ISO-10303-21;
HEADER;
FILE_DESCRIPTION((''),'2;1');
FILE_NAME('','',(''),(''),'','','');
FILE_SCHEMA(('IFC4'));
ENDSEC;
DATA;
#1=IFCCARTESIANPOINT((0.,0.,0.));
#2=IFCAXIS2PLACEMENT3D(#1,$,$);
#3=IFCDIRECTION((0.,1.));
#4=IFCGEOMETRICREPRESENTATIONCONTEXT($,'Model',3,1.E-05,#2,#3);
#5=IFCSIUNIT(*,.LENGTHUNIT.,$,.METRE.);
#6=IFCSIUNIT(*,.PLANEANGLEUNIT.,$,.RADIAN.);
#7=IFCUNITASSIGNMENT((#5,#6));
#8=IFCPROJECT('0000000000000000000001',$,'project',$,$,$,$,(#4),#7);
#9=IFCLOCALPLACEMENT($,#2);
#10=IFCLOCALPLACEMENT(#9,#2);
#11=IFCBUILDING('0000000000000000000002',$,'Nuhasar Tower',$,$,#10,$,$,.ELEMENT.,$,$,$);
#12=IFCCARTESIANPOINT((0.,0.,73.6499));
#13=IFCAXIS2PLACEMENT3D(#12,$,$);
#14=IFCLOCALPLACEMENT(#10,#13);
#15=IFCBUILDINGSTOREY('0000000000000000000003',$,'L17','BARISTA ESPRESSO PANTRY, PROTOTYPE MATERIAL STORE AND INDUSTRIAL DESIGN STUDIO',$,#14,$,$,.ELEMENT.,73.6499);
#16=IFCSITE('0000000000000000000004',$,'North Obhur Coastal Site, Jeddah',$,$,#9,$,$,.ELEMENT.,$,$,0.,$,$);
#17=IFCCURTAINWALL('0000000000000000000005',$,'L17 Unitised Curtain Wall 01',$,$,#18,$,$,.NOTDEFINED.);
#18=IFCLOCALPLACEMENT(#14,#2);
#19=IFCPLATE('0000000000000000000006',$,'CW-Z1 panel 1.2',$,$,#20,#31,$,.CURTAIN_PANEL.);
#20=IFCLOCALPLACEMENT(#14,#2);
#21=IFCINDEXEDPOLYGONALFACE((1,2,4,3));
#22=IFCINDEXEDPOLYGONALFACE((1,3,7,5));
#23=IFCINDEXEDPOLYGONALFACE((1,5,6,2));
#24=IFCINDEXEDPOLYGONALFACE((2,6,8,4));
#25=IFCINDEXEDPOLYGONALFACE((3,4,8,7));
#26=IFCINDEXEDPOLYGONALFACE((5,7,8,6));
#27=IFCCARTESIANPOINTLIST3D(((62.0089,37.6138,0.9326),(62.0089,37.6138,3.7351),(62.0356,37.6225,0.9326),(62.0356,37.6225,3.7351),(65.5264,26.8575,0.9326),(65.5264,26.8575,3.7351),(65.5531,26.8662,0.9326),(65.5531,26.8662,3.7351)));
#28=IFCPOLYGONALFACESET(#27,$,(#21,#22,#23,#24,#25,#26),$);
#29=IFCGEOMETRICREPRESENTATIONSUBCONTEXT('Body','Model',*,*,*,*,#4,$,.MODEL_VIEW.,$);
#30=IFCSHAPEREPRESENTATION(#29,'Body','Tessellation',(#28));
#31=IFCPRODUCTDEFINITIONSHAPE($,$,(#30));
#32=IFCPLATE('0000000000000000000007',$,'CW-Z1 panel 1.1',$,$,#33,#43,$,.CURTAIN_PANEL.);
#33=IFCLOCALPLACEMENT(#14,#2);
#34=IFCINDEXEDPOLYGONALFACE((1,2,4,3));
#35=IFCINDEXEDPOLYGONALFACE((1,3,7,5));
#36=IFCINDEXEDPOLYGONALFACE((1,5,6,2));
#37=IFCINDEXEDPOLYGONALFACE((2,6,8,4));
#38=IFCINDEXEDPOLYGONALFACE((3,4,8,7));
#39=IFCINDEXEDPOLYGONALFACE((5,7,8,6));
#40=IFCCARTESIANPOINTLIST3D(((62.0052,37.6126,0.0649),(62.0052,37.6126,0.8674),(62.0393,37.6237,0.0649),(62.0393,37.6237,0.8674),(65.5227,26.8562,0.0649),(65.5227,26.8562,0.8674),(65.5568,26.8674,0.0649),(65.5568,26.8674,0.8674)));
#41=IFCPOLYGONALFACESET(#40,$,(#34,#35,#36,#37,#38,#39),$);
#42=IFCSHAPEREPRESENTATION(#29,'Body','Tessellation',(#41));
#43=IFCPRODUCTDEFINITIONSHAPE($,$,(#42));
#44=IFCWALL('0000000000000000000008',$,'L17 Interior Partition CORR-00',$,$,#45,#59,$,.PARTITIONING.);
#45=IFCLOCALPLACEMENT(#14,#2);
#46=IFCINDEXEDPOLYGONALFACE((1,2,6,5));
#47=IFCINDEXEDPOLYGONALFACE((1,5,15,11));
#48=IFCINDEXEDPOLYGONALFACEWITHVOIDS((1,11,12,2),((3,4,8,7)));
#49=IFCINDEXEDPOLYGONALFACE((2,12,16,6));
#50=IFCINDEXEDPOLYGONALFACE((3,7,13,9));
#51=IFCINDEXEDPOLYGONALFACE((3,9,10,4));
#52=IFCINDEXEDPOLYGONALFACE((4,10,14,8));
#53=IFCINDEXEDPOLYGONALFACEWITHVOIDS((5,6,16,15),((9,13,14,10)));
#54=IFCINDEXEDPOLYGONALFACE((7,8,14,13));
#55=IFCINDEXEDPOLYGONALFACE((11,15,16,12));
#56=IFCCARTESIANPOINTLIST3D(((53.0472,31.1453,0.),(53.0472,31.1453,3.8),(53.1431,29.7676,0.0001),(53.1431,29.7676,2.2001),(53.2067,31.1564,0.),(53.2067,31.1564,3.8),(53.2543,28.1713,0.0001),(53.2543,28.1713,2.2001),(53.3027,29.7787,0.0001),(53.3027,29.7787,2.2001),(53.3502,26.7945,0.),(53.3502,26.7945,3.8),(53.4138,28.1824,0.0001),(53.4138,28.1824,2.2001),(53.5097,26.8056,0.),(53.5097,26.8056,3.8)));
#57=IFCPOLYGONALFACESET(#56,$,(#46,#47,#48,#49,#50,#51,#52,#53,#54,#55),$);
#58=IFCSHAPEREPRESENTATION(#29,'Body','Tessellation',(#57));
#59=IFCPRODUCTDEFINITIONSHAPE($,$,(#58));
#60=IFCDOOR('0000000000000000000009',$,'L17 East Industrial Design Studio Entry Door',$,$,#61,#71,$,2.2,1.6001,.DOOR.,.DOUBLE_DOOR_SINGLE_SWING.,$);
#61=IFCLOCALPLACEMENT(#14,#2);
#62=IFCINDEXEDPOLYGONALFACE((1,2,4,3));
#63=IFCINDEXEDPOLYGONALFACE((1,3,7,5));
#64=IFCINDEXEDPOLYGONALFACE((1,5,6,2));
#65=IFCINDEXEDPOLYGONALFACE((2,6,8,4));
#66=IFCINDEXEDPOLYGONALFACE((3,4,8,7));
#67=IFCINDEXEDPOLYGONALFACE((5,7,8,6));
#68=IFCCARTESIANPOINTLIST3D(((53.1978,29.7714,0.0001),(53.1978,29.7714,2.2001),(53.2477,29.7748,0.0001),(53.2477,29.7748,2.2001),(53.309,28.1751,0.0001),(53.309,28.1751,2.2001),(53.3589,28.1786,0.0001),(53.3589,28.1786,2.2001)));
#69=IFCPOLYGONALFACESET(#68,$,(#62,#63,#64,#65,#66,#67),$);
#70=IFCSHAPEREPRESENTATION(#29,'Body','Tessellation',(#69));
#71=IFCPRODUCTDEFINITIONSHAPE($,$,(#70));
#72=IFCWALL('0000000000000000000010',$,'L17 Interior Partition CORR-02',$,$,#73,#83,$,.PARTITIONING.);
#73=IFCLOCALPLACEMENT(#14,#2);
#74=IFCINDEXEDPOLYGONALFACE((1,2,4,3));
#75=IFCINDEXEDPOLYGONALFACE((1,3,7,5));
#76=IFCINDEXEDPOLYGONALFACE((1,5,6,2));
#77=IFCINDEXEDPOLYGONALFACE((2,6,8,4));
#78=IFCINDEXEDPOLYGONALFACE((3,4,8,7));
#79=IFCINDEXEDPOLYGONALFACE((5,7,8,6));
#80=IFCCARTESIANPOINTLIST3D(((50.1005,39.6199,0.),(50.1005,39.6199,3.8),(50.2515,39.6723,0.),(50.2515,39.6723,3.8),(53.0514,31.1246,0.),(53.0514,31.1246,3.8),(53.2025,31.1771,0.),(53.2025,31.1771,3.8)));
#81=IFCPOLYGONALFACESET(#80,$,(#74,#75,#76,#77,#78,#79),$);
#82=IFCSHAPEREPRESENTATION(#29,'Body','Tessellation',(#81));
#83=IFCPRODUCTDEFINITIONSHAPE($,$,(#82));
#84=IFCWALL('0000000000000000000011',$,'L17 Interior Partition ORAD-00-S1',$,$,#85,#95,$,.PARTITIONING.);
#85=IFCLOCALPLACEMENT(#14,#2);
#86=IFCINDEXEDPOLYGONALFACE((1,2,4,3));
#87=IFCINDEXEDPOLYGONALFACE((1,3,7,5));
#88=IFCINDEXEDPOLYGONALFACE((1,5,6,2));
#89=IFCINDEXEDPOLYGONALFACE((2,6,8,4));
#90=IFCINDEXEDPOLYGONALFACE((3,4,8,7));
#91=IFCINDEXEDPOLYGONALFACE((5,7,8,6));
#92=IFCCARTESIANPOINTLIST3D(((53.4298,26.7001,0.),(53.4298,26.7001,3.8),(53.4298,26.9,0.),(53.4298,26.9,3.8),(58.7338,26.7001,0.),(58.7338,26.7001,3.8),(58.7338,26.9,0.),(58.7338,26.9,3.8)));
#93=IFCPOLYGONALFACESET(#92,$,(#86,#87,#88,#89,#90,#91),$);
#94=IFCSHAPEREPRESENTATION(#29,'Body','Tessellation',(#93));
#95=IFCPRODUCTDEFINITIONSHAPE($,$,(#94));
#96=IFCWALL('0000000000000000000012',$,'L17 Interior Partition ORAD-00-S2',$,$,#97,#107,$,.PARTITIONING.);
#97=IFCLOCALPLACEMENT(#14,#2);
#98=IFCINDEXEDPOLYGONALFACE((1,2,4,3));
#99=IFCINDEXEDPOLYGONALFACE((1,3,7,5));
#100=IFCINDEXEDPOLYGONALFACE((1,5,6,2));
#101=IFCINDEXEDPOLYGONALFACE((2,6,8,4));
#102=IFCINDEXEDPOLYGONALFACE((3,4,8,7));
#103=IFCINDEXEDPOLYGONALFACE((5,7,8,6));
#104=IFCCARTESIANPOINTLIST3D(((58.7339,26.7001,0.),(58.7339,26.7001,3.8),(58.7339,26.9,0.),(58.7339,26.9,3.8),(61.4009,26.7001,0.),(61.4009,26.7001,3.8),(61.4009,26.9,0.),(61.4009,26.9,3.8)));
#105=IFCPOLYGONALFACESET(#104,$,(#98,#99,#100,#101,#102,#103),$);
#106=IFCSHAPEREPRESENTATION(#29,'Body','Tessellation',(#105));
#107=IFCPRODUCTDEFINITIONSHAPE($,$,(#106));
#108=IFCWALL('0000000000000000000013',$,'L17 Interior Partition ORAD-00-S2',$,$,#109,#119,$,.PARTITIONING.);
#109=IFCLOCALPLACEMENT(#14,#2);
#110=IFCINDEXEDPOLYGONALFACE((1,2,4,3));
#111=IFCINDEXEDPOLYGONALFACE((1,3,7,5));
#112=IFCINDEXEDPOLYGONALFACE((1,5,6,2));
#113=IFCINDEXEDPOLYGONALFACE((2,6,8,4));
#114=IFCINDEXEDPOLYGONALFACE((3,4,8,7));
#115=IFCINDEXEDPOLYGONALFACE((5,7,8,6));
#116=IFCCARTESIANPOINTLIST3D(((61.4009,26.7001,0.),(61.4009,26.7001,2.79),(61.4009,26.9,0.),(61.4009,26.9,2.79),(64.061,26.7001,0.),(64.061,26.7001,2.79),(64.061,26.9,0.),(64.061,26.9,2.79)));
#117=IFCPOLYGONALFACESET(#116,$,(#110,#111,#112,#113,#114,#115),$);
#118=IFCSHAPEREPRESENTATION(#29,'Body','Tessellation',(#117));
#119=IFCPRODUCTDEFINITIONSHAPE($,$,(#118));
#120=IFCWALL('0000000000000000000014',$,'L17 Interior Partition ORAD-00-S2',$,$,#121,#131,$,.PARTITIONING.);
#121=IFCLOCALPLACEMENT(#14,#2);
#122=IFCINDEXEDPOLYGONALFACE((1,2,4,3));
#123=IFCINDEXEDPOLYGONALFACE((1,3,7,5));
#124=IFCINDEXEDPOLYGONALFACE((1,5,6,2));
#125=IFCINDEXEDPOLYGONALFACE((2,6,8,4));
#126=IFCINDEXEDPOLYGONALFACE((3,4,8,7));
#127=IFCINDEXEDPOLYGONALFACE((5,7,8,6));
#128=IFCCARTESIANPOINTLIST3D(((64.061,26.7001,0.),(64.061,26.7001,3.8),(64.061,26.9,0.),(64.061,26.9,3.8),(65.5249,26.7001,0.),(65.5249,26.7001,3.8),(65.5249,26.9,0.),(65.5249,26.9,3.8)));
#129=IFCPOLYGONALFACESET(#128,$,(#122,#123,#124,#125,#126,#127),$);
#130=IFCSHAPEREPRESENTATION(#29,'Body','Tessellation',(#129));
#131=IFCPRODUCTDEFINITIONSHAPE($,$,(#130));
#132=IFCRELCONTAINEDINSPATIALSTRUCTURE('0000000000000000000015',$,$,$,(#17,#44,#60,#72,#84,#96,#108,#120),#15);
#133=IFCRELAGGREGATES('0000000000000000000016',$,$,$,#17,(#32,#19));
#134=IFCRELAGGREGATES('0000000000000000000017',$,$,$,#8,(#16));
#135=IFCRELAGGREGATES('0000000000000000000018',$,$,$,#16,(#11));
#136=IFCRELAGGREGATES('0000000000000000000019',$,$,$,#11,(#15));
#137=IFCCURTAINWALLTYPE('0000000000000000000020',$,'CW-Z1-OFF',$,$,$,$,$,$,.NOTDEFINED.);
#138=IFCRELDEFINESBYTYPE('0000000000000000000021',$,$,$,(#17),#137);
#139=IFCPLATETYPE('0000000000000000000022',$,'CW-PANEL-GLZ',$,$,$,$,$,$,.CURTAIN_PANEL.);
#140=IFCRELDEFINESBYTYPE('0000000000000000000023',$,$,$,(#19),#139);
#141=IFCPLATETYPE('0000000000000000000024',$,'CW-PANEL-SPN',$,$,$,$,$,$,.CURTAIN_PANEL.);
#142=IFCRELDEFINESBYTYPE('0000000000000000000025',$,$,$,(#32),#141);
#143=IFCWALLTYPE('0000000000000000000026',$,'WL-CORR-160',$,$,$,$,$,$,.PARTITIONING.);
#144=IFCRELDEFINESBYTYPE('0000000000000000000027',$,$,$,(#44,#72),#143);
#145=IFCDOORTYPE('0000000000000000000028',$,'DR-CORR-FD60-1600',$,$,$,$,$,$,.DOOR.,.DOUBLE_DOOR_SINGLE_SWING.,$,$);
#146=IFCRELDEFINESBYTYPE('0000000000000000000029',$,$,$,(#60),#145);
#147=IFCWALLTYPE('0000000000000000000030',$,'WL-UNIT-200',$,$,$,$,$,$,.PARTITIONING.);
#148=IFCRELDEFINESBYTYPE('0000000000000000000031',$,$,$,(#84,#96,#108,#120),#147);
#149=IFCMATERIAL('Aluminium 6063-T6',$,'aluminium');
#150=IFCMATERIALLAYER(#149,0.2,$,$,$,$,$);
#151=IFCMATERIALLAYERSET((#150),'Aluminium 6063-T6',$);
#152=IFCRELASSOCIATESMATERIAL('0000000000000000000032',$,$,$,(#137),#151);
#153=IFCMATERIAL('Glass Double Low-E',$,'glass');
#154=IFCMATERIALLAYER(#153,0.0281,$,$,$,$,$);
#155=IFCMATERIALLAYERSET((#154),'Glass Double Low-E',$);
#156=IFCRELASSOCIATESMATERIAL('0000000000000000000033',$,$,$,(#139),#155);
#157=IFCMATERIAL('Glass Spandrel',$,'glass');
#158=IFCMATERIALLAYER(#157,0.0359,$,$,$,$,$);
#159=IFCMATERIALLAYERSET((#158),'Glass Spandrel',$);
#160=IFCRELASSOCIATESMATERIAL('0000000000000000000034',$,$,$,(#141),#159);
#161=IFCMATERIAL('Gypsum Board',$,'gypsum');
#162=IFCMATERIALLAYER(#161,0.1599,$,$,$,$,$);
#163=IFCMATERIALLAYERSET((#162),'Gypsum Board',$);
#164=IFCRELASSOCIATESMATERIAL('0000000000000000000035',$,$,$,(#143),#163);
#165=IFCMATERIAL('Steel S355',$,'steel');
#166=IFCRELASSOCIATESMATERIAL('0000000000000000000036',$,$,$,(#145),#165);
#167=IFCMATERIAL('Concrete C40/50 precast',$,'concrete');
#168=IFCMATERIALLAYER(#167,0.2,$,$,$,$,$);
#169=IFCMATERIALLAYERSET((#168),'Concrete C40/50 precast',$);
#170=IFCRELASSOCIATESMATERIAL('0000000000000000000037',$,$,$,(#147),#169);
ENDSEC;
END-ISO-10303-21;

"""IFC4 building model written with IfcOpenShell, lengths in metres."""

from ifc_helpers import new_model, si_unit, direction, frame, frame_2d, origin, origin_2d, place, context, subcontext, project, spatial, rectangle, extrude, material, layer, layer_set, type_object, element, fill, aggregate, save


model = new_model("IFC4")

# Units and contexts
model_context = context("Model", 3, precision=1e-05, world=origin(), true_north=direction((0.0, 1.0)))
body_context = subcontext(model_context, "Body", "Model", "MODEL_VIEW")
ifc_project = project(units=[si_unit("LENGTHUNIT", "METRE"), si_unit("PLANEANGLEUNIT", "RADIAN")], contexts=[model_context])

# Site, building, storey
site_placement = place(None, origin())
site = spatial("IfcSite", under=ifc_project, at=site_placement, Name="North Obhur Coastal Site, Jeddah", CompositionType="ELEMENT", RefElevation=0.0)
building_placement = place(site_placement, origin())
building = spatial("IfcBuilding", under=site, at=building_placement, Name="Nuhasar Tower", CompositionType="ELEMENT")
storey_placement = place(building_placement, frame((0.0, 0.0, 73.6499)))
storey = spatial("IfcBuildingStorey", under=building, at=storey_placement, Name="L17", Description="BARISTA ESPRESSO PANTRY, PROTOTYPE MATERIAL STORE AND INDUSTRIAL DESIGN STUDIO", CompositionType="ELEMENT", Elevation=73.6499)

# Shared definitions
ifc_material_1 = material(Name="Steel S355", Category="steel")

# Curtain wall
ifc_material_2 = material(Name="Aluminium 6063-T6", Category="aluminium")
ifc_layer_1 = layer(ifc_material_2, 0.2)
ifc_layer_set_1 = layer_set([ifc_layer_1], Name="Aluminium 6063-T6")
curtain_wall_type = type_object("IfcCurtainWallType", Name="CW-Z1-OFF", PredefinedType="NOTDEFINED", material=ifc_layer_set_1)
curtain_wall_1_placement = place(storey_placement, origin())
curtain_wall_1 = element("IfcCurtainWall", 1, at=curtain_wall_1_placement, inside=storey, type_object=curtain_wall_type, Name="L17 Unitised Curtain Wall 01", PredefinedType="NOTDEFINED")

# Plates
ifc_material_3 = material(Name="Glass Double Low-E", Category="glass")
ifc_layer_2 = layer(ifc_material_3, 0.0281)
ifc_layer_set_2 = layer_set([ifc_layer_2], Name="Glass Double Low-E")
plate_type_1 = type_object("IfcPlateType", Name="CW-PANEL-GLZ", PredefinedType="CURTAIN_PANEL", material=ifc_layer_set_2)
plate_1_placement = place(storey_placement, frame((63.781, 32.24, 0.9326), z_axis=(0.0, 0.0, 1.0), x_axis=(-0.310824, 0.950468, 0.0)))
plate_1 = element("IfcPlate", 2, at=plate_1_placement, type_object=plate_type_1, Name="CW-Z1 panel 1.2", PredefinedType="CURTAIN_PANEL", context=body_context, shape_type="SweptSolid", body=[
    extrude(rectangle(XDim=11.3169, YDim=0.0281, at=origin_2d()), origin(), (0.0, 0.0, 1.0), 2.8025),
])
ifc_material_4 = material(Name="Glass Spandrel", Category="glass")
ifc_layer_3 = layer(ifc_material_4, 0.0359)
ifc_layer_set_3 = layer_set([ifc_layer_3], Name="Glass Spandrel")
plate_type_2 = type_object("IfcPlateType", Name="CW-PANEL-SPN", PredefinedType="CURTAIN_PANEL", material=ifc_layer_set_3)
plate_2_placement = place(storey_placement, frame((63.781, 32.24, 0.0649), z_axis=(0.0, 0.0, 1.0), x_axis=(-0.310824, 0.950468, 0.0)))
plate_2 = element("IfcPlate", 3, at=plate_2_placement, type_object=plate_type_2, Name="CW-Z1 panel 1.1", PredefinedType="CURTAIN_PANEL", context=body_context, shape_type="SweptSolid", body=[
    extrude(rectangle(XDim=11.3169, YDim=0.0359, at=origin_2d()), origin(), (0.0, 0.0, 1.0), 0.8025),
])
aggregate(curtain_wall_1, [plate_2, plate_1])

# Wall, opening, door
ifc_material_5 = material(Name="Gypsum Board", Category="gypsum")
ifc_layer_4 = layer(ifc_material_5, 0.1599)
ifc_layer_set_4 = layer_set([ifc_layer_4], Name="Gypsum Board")
wall_type_1 = type_object("IfcWallType", Name="WL-CORR-160", PredefinedType="PARTITIONING", material=ifc_layer_set_4)
wall_1_placement = place(storey_placement, frame((53.127, 31.1509, 0.0), z_axis=(0.0, 0.0, 1.0), x_axis=(0.069469, -0.997584, 0.0)))
wall_1 = element("IfcWall", 4, at=wall_1_placement, inside=storey, type_object=wall_type_1, Name="L17 Interior Partition CORR-00", PredefinedType="PARTITIONING", context=body_context, shape_type="SweptSolid", body=[
    extrude(rectangle(XDim=4.3613, YDim=0.1599, at=frame_2d((2.1807, 0.0))), origin(), (0.0, 0.0, 1.0), 3.8),
])
opening_placement = place(wall_1_placement, frame((1.3811, 0.0, 0.0)))
opening = element("IfcOpeningElement", 5, at=opening_placement, cuts=wall_1, PredefinedType="OPENING", context=body_context, shape_type="SweptSolid", body=[
    extrude(rectangle(XDim=1.6001, YDim=2.2, at=frame_2d((0.8, 1.1001))), frame((0.0, 0.0898, 0.0), z_axis=(0.0, -1.0, 0.0), x_axis=(1.0, 0.0, 0.0)), (0.0, 0.0, 1.0), 0.1799),
])
door_type = type_object("IfcDoorType", Name="DR-CORR-FD60-1600", OperationType="DOUBLE_DOOR_SINGLE_SWING", PredefinedType="DOOR", material=ifc_material_1)
door_placement = place(opening_placement, origin())
door = element("IfcDoor", 6, at=door_placement, inside=storey, type_object=door_type, Name="L17 East Industrial Design Studio Entry Door", OperationType="DOUBLE_DOOR_SINGLE_SWING", OverallHeight=2.2, OverallWidth=1.6001, PredefinedType="DOOR", context=body_context, shape_type="SweptSolid", body=[
    extrude(rectangle(XDim=1.6001, YDim=2.2, at=frame_2d((0.8, 1.1001))), frame((0.0, 0.0249, 0.0), z_axis=(0.0, -1.0, 0.0), x_axis=(1.0, 0.0, 0.0)), (0.0, 0.0, 1.0), 0.05),
])
fill(opening, door)

# Walls
wall_2_placement = place(storey_placement, frame((53.127, 31.1509, 0.0), z_axis=(0.0, 0.0, 1.0), x_axis=(-0.328134, 0.944631, 0.0)))
element("IfcWall", 7, at=wall_2_placement, inside=storey, type_object=wall_type_1, Name="L17 Interior Partition CORR-02", PredefinedType="PARTITIONING", context=body_context, shape_type="SweptSolid", body=[
    extrude(rectangle(XDim=8.9932, YDim=0.1599, at=frame_2d((4.4966, 0.0))), origin(), (0.0, 0.0, 1.0), 3.8),
])
ifc_material_6 = material(Name="Concrete C40/50 precast", Category="concrete")
ifc_layer_5 = layer(ifc_material_6, 0.2)
ifc_layer_set_5 = layer_set([ifc_layer_5], Name="Concrete C40/50 precast")
wall_type_2 = type_object("IfcWallType", Name="WL-UNIT-200", PredefinedType="PARTITIONING", material=ifc_layer_set_5)
wall_3_placement = place(storey_placement, frame((53.4299, 26.8, 0.0), z_axis=(0.0, 0.0, 1.0), x_axis=(1.0, 0.0, 0.0)))
element("IfcWall", 8, at=wall_3_placement, inside=storey, type_object=wall_type_2, Name="L17 Interior Partition ORAD-00-S1", PredefinedType="PARTITIONING", context=body_context, shape_type="SweptSolid", body=[
    extrude(rectangle(XDim=5.304, YDim=0.2, at=frame_2d((2.6519, 0.0))), origin(), (0.0, 0.0, 1.0), 3.8),
])
wall_4_placement = place(storey_placement, frame((58.7339, 26.8, 0.0), z_axis=(0.0, 0.0, 1.0), x_axis=(1.0, 0.0, 0.0)))
element("IfcWall", 9, at=wall_4_placement, inside=storey, type_object=wall_type_2, Name="L17 Interior Partition ORAD-00-S2", PredefinedType="PARTITIONING", context=body_context, shape_type="SweptSolid", body=[
    extrude(rectangle(XDim=2.667, YDim=0.2, at=frame_2d((1.3335, 0.0))), origin(), (0.0, 0.0, 1.0), 3.8),
])
wall_5_placement = place(storey_placement, frame((61.4009, 26.8, 0.0), z_axis=(0.0, 0.0, 1.0), x_axis=(1.0, 0.0, 0.0)))
element("IfcWall", 10, at=wall_5_placement, inside=storey, type_object=wall_type_2, Name="L17 Interior Partition ORAD-00-S2", PredefinedType="PARTITIONING", context=body_context, shape_type="SweptSolid", body=[
    extrude(rectangle(XDim=2.6602, YDim=0.2, at=frame_2d((1.3301, 0.0))), origin(), (0.0, 0.0, 1.0), 2.79),
])
wall_6_placement = place(storey_placement, frame((64.061, 26.8, 0.0), z_axis=(0.0, 0.0, 1.0), x_axis=(1.0, 0.0, 0.0)))
element("IfcWall", 11, at=wall_6_placement, inside=storey, type_object=wall_type_2, Name="L17 Interior Partition ORAD-00-S2", PredefinedType="PARTITIONING", context=body_context, shape_type="SweptSolid", body=[
    extrude(rectangle(XDim=1.4639, YDim=0.2, at=frame_2d((0.7319, 0.0))), origin(), (0.0, 0.0, 1.0), 3.8),
])

save(model, "model.ifc")
